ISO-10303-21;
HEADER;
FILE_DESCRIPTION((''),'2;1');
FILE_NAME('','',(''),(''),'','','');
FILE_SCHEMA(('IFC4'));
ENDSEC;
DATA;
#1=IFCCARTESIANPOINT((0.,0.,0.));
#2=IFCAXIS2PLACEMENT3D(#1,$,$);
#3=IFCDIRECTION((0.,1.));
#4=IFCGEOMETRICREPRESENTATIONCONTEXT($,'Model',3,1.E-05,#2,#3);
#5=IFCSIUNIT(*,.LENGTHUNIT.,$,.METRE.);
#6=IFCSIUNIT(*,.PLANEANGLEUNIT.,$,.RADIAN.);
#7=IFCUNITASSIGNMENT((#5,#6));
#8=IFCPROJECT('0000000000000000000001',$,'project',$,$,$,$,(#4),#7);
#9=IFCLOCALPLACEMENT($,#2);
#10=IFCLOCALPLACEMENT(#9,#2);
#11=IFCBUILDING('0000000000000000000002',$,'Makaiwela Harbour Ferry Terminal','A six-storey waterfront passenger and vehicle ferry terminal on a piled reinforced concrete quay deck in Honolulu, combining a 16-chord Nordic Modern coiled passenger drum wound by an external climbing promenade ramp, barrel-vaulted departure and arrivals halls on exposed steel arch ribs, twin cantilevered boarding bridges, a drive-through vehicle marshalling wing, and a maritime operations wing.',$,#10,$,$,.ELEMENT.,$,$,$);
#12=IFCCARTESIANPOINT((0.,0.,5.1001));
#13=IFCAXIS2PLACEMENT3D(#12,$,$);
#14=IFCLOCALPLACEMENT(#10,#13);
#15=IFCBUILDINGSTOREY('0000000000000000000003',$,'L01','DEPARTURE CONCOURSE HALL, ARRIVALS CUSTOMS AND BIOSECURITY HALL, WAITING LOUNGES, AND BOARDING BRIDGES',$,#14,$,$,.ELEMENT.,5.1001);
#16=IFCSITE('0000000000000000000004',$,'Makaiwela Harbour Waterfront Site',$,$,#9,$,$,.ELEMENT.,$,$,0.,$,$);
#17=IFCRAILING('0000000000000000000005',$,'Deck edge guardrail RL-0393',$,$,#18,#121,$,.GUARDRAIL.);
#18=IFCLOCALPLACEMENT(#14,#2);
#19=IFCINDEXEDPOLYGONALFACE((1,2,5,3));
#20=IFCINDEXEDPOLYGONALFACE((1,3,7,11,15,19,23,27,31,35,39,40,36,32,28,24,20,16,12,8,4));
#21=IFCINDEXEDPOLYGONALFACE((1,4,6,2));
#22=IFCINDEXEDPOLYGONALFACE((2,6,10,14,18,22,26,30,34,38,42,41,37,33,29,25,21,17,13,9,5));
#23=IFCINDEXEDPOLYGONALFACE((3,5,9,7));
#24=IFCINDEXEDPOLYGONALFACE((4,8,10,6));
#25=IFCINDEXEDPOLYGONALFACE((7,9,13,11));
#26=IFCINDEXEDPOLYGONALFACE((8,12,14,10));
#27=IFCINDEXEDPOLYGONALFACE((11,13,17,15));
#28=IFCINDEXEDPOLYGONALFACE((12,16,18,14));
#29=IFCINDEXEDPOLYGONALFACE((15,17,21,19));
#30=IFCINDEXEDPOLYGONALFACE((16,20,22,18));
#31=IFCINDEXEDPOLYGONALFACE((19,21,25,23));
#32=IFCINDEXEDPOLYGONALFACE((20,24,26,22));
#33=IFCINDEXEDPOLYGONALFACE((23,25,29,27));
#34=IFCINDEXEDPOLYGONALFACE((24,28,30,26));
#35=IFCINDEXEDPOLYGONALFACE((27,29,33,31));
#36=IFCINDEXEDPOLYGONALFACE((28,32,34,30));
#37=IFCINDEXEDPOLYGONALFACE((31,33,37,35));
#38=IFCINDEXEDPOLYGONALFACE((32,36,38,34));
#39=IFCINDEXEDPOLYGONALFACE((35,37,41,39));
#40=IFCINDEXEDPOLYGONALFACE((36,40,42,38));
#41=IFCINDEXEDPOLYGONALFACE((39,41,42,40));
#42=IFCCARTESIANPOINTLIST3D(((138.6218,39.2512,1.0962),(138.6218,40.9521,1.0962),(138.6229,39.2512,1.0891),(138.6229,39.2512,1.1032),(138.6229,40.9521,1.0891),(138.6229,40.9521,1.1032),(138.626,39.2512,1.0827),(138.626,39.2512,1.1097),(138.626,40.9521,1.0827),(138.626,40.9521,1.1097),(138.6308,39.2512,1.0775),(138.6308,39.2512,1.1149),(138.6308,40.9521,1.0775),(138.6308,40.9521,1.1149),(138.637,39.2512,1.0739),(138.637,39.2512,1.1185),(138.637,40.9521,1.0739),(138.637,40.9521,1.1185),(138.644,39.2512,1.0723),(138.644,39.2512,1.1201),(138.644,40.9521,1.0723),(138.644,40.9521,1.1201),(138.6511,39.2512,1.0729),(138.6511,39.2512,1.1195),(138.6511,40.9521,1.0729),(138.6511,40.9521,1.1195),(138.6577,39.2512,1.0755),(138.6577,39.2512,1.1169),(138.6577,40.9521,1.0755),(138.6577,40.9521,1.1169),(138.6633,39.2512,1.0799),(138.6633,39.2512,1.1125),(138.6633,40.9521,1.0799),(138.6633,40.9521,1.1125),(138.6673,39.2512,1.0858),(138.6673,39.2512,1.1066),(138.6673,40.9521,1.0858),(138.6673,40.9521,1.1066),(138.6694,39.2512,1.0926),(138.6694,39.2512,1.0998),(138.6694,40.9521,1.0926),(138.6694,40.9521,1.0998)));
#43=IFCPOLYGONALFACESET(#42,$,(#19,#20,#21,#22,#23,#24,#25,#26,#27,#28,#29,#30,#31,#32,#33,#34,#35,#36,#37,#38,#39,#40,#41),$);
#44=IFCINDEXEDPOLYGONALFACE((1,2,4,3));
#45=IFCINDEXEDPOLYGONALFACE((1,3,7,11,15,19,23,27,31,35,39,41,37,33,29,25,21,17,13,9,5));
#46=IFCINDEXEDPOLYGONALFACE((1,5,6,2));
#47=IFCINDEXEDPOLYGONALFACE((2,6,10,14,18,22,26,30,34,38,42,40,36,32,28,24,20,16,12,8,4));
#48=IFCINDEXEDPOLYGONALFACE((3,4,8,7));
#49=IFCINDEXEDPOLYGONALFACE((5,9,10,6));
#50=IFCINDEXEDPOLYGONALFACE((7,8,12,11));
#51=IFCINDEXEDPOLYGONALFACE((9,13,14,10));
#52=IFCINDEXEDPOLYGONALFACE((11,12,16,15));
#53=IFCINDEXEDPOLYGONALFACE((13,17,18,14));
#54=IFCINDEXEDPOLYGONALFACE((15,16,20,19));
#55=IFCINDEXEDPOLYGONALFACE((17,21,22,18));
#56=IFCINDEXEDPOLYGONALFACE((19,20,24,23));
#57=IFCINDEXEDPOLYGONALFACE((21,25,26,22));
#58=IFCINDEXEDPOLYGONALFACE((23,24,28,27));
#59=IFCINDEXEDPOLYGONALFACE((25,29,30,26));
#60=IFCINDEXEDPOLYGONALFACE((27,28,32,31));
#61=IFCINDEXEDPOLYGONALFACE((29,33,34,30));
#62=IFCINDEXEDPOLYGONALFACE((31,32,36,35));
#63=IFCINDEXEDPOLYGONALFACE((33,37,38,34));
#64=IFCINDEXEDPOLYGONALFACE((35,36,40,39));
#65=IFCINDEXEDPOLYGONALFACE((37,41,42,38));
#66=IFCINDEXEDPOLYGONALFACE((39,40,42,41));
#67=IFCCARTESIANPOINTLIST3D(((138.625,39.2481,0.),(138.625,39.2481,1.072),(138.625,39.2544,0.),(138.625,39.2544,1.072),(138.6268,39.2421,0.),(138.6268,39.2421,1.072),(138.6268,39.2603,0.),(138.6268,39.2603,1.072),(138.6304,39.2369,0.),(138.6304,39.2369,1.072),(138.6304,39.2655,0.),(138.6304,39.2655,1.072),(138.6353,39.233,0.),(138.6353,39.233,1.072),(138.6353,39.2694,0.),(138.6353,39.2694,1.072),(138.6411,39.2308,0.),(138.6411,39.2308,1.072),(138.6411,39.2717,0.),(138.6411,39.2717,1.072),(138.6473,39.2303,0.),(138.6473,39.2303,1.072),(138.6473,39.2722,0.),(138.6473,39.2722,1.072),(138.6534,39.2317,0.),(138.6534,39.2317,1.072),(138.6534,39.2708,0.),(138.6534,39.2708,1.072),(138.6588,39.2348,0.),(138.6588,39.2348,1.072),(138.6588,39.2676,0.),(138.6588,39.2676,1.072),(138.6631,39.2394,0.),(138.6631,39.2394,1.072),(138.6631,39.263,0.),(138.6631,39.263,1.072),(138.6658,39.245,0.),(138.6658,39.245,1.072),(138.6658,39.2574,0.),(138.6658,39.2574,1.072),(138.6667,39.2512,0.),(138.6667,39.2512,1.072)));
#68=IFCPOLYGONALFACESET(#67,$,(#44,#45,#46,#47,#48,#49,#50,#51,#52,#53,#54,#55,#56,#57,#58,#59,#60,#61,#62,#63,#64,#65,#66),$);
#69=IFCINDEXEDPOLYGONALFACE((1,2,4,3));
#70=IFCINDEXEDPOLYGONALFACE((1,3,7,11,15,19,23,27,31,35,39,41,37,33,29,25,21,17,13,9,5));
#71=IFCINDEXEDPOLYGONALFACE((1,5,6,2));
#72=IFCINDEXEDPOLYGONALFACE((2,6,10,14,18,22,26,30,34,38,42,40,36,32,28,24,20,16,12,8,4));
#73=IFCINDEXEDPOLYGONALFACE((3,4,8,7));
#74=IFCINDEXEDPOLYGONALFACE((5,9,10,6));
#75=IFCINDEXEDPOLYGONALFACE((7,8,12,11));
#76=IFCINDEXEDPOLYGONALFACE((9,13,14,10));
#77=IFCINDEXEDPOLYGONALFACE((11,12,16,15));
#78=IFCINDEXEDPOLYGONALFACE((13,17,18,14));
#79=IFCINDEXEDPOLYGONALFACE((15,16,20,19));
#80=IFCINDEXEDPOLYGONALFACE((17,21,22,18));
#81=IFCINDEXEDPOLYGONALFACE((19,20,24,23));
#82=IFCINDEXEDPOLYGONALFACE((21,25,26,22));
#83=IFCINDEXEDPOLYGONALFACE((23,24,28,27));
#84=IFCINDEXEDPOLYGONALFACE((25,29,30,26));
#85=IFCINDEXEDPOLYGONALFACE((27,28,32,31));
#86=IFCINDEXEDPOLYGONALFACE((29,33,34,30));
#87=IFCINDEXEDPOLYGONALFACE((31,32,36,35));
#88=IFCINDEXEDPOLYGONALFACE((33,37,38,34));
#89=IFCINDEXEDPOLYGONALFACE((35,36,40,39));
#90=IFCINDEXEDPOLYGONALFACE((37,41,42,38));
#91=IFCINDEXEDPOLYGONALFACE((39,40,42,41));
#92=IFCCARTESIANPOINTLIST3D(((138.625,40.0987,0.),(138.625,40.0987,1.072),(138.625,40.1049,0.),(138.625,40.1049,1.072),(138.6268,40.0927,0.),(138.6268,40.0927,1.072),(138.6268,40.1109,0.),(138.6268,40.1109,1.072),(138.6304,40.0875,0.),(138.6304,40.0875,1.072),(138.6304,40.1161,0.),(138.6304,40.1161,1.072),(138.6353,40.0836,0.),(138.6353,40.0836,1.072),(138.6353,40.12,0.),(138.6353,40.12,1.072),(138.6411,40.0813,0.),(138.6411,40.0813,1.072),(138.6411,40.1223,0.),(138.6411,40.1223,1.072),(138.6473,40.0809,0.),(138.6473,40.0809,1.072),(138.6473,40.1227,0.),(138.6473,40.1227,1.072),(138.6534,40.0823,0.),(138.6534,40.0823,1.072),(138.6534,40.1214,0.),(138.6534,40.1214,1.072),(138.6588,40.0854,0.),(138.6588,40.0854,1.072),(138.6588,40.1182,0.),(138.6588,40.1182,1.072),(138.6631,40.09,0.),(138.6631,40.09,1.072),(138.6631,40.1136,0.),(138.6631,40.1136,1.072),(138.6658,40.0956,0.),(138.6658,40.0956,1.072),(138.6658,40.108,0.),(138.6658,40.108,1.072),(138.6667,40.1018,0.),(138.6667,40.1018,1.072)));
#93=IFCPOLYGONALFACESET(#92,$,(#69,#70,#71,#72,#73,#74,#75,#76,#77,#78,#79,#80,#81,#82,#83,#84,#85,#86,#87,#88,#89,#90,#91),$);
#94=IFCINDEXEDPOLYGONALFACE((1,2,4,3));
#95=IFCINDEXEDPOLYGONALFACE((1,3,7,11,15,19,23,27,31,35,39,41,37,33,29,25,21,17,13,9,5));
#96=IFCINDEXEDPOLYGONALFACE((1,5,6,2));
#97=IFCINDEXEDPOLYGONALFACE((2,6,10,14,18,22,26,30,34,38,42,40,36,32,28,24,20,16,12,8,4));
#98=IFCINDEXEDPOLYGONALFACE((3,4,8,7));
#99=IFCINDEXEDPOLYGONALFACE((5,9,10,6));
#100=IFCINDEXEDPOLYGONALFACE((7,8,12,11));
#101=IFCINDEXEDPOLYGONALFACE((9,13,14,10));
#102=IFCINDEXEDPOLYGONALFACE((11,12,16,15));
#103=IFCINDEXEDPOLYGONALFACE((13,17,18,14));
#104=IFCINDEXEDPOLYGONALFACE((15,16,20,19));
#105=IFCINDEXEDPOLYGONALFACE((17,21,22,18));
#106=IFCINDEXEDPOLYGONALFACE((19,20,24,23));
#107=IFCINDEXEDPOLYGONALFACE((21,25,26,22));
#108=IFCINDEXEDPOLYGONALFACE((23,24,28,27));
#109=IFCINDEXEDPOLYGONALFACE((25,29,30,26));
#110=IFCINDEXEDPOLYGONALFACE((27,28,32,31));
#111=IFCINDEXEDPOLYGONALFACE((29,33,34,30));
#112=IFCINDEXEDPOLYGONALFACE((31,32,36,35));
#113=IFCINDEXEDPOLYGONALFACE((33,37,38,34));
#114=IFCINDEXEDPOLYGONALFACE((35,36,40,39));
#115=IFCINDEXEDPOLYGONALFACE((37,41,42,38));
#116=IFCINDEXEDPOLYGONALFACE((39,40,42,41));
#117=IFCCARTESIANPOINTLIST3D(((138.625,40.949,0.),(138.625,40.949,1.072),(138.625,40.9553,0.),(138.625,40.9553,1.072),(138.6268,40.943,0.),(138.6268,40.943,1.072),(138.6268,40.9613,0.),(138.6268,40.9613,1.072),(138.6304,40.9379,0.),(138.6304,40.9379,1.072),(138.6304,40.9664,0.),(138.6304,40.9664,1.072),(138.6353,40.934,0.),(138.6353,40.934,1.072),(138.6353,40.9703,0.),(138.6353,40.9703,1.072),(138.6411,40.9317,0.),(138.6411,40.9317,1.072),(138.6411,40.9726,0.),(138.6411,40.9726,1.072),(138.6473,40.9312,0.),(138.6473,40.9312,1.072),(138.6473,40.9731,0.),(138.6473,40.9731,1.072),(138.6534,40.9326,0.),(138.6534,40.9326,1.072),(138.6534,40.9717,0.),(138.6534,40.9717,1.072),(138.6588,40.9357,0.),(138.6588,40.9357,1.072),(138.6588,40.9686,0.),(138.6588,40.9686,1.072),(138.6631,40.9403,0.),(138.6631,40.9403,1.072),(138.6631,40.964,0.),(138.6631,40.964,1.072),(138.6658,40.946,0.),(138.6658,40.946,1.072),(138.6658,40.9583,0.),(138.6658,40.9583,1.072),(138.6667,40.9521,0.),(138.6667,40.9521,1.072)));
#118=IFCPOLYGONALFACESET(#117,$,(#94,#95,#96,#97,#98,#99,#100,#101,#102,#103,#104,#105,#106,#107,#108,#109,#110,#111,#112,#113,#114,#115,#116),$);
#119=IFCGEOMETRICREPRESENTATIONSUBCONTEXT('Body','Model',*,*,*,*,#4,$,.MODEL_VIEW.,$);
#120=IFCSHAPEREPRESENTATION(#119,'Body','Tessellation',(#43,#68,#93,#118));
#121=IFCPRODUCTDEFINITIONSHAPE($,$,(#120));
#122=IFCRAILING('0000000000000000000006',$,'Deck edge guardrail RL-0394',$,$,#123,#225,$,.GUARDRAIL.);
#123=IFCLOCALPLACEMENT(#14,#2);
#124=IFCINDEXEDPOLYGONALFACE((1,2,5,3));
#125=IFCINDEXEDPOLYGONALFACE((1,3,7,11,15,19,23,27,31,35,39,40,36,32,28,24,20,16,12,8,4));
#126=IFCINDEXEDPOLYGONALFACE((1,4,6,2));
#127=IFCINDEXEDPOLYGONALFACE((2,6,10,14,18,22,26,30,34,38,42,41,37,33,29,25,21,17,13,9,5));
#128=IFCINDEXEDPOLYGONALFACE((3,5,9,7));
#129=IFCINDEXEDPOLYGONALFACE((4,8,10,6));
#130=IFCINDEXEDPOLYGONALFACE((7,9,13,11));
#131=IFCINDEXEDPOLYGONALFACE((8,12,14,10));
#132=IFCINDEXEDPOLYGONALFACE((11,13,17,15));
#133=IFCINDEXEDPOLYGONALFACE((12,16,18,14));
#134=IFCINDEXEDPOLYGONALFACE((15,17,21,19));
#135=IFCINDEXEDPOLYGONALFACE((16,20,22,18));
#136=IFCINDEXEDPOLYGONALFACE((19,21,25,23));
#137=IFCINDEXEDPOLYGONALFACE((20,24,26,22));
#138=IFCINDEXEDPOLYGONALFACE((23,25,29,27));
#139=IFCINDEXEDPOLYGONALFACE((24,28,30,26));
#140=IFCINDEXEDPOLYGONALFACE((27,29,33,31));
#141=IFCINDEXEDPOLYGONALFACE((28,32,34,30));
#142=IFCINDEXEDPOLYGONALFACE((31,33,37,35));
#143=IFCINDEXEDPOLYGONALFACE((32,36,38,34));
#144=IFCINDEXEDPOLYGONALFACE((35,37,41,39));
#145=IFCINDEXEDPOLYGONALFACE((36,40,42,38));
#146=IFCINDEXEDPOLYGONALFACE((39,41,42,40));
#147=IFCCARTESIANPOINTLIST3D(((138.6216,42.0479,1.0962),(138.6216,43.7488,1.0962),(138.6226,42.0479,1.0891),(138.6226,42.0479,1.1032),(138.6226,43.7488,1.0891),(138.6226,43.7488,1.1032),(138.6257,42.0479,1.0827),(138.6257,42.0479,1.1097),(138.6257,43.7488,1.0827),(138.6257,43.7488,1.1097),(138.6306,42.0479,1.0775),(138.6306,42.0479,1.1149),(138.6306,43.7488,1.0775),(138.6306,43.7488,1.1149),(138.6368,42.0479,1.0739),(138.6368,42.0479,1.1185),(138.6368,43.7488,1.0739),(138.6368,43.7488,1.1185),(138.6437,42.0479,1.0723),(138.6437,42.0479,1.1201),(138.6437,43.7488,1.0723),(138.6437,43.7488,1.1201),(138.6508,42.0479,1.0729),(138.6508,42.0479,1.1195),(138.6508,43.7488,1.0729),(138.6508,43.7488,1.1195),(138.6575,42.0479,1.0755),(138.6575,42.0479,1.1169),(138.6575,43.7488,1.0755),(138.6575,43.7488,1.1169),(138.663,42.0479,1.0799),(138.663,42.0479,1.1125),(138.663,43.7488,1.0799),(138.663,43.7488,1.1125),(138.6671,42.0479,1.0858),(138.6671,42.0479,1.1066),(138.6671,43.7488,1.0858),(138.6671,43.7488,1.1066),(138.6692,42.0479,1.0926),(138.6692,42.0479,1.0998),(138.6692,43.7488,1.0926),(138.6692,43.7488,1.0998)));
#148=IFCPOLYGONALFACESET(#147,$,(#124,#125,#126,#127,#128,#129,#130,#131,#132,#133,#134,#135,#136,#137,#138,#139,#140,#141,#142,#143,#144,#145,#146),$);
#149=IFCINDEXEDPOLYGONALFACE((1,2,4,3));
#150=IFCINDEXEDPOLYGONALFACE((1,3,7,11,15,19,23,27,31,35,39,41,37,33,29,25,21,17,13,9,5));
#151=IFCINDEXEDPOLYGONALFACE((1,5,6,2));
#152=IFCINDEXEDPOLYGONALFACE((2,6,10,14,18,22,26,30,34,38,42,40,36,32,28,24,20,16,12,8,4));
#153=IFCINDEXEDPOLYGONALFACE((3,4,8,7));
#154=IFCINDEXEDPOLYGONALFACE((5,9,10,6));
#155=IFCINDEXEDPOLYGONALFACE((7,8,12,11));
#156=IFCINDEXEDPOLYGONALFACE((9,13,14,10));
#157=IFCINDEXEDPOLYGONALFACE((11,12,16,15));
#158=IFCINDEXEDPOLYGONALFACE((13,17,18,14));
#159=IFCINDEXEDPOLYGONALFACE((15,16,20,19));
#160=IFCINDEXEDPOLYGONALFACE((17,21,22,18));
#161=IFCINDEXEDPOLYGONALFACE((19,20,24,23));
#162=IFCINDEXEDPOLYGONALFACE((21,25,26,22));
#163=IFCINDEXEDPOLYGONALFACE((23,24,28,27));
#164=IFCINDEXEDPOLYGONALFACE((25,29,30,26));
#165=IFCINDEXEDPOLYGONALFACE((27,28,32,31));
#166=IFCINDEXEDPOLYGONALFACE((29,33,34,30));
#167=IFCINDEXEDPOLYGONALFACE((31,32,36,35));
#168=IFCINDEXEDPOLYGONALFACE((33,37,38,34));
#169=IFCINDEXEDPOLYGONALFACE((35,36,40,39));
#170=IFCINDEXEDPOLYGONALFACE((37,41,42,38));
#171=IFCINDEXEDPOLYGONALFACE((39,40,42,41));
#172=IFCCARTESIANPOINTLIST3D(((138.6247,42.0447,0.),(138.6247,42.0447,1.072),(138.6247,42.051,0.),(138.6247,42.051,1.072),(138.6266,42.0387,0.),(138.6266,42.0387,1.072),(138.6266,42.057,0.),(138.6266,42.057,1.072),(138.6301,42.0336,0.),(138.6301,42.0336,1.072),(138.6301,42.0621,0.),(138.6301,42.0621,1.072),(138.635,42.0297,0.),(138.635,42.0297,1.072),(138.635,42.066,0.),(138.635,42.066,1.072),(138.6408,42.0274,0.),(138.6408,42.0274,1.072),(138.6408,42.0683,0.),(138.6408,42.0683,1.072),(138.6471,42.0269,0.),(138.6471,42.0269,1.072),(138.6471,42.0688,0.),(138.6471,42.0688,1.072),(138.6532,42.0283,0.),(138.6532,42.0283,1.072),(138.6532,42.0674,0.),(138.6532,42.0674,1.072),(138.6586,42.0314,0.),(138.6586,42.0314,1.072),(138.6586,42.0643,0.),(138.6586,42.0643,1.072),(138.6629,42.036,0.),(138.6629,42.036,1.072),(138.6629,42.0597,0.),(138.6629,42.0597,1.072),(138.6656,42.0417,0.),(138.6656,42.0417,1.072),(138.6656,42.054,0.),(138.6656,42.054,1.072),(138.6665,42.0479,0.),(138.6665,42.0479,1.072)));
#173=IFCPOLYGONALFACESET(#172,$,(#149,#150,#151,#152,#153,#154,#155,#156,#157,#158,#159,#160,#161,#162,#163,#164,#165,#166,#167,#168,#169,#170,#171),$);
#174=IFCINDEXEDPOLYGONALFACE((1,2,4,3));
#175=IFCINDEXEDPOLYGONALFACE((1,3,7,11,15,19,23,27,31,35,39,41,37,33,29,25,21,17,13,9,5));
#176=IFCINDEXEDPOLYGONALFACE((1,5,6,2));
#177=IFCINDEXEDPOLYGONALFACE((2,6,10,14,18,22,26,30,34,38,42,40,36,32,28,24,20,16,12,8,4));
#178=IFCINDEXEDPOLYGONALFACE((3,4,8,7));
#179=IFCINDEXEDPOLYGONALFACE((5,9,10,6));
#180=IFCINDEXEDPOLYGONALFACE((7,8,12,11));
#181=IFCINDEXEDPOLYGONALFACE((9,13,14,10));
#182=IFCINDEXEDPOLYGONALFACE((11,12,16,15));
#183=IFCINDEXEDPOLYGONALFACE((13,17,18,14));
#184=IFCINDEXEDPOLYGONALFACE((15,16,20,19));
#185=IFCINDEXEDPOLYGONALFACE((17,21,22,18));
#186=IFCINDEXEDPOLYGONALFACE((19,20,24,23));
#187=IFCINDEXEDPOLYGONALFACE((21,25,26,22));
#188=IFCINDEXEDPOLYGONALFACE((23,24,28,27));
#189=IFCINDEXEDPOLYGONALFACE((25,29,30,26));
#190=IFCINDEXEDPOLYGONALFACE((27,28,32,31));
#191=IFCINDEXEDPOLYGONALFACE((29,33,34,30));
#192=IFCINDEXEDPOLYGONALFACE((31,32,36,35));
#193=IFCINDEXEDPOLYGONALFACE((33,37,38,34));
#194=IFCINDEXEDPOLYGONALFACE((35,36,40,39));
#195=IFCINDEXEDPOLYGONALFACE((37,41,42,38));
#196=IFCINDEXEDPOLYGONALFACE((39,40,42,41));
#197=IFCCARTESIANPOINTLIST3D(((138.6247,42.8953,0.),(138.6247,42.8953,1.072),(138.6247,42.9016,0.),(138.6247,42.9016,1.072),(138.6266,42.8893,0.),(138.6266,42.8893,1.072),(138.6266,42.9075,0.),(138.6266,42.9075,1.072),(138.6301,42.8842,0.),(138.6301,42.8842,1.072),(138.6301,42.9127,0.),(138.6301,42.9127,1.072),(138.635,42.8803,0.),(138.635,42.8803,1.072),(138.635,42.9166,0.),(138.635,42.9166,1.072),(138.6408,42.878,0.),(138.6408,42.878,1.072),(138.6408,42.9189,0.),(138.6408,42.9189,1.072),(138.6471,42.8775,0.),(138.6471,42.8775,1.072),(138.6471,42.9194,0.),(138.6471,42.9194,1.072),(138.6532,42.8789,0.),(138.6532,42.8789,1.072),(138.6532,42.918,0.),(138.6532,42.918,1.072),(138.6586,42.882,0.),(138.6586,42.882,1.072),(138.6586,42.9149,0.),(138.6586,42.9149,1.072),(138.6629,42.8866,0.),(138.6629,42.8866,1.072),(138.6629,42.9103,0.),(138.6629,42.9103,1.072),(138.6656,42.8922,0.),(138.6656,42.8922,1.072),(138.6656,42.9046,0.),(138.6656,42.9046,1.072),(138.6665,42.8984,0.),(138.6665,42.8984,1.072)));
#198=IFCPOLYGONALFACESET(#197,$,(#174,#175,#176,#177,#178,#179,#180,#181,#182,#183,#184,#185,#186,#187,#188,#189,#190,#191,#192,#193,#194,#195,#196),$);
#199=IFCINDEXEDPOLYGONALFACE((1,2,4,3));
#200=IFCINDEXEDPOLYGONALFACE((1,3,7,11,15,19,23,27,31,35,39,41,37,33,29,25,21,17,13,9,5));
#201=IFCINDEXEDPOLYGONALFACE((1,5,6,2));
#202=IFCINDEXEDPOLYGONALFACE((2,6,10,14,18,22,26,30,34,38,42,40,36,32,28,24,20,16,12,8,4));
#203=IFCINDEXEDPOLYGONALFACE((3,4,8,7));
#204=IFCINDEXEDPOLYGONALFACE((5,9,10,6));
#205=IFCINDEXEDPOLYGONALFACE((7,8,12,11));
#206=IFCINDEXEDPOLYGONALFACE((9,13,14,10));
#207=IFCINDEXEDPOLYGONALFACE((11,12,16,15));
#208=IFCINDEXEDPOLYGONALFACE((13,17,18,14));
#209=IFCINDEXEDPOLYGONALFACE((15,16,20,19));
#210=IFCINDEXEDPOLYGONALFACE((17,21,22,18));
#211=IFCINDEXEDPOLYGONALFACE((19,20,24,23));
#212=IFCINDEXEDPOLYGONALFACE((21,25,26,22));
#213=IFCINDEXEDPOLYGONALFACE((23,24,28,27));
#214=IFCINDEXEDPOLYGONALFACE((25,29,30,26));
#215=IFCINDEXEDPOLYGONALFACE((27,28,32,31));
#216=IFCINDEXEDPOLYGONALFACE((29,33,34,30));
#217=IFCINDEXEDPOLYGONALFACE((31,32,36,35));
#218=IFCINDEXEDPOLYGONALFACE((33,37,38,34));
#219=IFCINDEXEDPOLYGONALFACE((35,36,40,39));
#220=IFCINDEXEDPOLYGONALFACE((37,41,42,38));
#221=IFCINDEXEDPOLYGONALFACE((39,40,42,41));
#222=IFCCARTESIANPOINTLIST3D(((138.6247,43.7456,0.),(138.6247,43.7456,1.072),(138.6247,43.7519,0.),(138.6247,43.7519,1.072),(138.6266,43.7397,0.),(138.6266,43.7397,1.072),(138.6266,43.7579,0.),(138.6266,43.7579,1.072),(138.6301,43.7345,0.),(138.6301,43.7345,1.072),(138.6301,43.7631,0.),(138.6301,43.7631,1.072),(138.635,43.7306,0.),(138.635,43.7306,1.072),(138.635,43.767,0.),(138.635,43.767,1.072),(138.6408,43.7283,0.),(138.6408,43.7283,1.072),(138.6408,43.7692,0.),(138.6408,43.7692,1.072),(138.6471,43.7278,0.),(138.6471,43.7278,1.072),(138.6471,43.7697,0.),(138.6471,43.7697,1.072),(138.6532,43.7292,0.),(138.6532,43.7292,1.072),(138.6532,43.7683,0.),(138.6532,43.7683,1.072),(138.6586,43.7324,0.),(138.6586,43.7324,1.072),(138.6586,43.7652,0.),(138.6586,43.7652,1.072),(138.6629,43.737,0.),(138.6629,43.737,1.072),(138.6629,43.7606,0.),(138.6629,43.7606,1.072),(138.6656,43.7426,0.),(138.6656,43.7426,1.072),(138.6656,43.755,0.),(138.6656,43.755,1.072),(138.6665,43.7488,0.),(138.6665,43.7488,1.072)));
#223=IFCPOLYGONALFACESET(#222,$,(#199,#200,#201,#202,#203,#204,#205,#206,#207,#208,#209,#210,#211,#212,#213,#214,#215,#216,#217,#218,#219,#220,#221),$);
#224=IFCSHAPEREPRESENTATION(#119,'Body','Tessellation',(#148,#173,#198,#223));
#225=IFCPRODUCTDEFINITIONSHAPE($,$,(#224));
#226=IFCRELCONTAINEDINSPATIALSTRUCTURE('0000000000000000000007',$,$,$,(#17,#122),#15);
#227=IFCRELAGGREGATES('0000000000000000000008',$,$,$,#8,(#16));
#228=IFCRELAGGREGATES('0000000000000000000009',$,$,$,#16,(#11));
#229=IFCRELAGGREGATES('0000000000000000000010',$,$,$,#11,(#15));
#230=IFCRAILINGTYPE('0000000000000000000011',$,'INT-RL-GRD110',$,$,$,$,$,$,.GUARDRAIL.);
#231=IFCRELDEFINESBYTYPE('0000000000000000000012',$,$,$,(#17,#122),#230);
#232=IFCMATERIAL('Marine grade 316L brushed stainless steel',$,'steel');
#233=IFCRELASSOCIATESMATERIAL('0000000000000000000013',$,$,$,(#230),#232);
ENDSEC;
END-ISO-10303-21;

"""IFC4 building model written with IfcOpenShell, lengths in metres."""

from ifc_helpers import new_model, si_unit, direction, frame, origin, origin_2d, place, context, subcontext, project, spatial, circle, extrude, material, type_object, element, save


model = new_model("IFC4")

# Units and contexts
model_context = context("Model", 3, precision=1e-05, world=origin(), true_north=direction((0.0, 1.0)))
body_context = subcontext(model_context, "Body", "Model", "MODEL_VIEW")
ifc_project = project(units=[si_unit("LENGTHUNIT", "METRE"), si_unit("PLANEANGLEUNIT", "RADIAN")], contexts=[model_context])

# Site, building, storey
site_placement = place(None, origin())
site = spatial("IfcSite", under=ifc_project, at=site_placement, Name="Makaiwela Harbour Waterfront Site", CompositionType="ELEMENT", RefElevation=0.0)
building_placement = place(site_placement, origin())
building = spatial("IfcBuilding", under=site, at=building_placement, Name="Makaiwela Harbour Ferry Terminal", Description="A six-storey waterfront passenger and vehicle ferry terminal on a piled reinforced concrete quay deck in Honolulu, combining a 16-chord Nordic Modern coiled passenger drum wound by an external climbing promenade ramp, barrel-vaulted departure and arrivals halls on exposed steel arch ribs, twin cantilevered boarding bridges, a drive-through vehicle marshalling wing, and a maritime operations wing.", CompositionType="ELEMENT")
storey_placement = place(building_placement, frame((0.0, 0.0, 5.1001)))
storey = spatial("IfcBuildingStorey", under=building, at=storey_placement, Name="L01", Description="DEPARTURE CONCOURSE HALL, ARRIVALS CUSTOMS AND BIOSECURITY HALL, WAITING LOUNGES, AND BOARDING BRIDGES", CompositionType="ELEMENT", Elevation=5.1001)

# Railings
ifc_material_1 = material(Name="Marine grade 316L brushed stainless steel", Category="steel")
railing_type = type_object("IfcRailingType", Name="INT-RL-GRD110", PredefinedType="GUARDRAIL", material=ifc_material_1)
for number, where, name in (
    (1, (138.6458, 39.2512, 0.0), "Deck edge guardrail RL-0393"),
    (2, (138.6455, 42.0479, 0.0), "Deck edge guardrail RL-0394"),
):
    element("IfcRailing", number, at=place(storey_placement, frame(where)), inside=storey, type_object=railing_type, Name=name, PredefinedType="GUARDRAIL", context=body_context, shape_type="SweptSolid", body=[
        extrude(circle(Radius=0.0239, at=origin_2d()), frame((0.0, 0.0, 1.0962), z_axis=(0.0, 1.0, 0.0), x_axis=(-1.0, 0.0, 0.0)), (0.0, 0.0, 1.0), 1.7009),
        extrude(circle(Radius=0.021, at=origin_2d()), origin(), (0.0, 0.0, 1.0), 1.072),
        extrude(circle(Radius=0.021, at=origin_2d()), frame((0.0, 0.8506, 0.0)), (0.0, 0.0, 1.0), 1.072),
        extrude(circle(Radius=0.021, at=origin_2d()), frame((0.0, 1.7009, 0.0)), (0.0, 0.0, 1.0), 1.072),
    ])

save(model, "model.ifc")
